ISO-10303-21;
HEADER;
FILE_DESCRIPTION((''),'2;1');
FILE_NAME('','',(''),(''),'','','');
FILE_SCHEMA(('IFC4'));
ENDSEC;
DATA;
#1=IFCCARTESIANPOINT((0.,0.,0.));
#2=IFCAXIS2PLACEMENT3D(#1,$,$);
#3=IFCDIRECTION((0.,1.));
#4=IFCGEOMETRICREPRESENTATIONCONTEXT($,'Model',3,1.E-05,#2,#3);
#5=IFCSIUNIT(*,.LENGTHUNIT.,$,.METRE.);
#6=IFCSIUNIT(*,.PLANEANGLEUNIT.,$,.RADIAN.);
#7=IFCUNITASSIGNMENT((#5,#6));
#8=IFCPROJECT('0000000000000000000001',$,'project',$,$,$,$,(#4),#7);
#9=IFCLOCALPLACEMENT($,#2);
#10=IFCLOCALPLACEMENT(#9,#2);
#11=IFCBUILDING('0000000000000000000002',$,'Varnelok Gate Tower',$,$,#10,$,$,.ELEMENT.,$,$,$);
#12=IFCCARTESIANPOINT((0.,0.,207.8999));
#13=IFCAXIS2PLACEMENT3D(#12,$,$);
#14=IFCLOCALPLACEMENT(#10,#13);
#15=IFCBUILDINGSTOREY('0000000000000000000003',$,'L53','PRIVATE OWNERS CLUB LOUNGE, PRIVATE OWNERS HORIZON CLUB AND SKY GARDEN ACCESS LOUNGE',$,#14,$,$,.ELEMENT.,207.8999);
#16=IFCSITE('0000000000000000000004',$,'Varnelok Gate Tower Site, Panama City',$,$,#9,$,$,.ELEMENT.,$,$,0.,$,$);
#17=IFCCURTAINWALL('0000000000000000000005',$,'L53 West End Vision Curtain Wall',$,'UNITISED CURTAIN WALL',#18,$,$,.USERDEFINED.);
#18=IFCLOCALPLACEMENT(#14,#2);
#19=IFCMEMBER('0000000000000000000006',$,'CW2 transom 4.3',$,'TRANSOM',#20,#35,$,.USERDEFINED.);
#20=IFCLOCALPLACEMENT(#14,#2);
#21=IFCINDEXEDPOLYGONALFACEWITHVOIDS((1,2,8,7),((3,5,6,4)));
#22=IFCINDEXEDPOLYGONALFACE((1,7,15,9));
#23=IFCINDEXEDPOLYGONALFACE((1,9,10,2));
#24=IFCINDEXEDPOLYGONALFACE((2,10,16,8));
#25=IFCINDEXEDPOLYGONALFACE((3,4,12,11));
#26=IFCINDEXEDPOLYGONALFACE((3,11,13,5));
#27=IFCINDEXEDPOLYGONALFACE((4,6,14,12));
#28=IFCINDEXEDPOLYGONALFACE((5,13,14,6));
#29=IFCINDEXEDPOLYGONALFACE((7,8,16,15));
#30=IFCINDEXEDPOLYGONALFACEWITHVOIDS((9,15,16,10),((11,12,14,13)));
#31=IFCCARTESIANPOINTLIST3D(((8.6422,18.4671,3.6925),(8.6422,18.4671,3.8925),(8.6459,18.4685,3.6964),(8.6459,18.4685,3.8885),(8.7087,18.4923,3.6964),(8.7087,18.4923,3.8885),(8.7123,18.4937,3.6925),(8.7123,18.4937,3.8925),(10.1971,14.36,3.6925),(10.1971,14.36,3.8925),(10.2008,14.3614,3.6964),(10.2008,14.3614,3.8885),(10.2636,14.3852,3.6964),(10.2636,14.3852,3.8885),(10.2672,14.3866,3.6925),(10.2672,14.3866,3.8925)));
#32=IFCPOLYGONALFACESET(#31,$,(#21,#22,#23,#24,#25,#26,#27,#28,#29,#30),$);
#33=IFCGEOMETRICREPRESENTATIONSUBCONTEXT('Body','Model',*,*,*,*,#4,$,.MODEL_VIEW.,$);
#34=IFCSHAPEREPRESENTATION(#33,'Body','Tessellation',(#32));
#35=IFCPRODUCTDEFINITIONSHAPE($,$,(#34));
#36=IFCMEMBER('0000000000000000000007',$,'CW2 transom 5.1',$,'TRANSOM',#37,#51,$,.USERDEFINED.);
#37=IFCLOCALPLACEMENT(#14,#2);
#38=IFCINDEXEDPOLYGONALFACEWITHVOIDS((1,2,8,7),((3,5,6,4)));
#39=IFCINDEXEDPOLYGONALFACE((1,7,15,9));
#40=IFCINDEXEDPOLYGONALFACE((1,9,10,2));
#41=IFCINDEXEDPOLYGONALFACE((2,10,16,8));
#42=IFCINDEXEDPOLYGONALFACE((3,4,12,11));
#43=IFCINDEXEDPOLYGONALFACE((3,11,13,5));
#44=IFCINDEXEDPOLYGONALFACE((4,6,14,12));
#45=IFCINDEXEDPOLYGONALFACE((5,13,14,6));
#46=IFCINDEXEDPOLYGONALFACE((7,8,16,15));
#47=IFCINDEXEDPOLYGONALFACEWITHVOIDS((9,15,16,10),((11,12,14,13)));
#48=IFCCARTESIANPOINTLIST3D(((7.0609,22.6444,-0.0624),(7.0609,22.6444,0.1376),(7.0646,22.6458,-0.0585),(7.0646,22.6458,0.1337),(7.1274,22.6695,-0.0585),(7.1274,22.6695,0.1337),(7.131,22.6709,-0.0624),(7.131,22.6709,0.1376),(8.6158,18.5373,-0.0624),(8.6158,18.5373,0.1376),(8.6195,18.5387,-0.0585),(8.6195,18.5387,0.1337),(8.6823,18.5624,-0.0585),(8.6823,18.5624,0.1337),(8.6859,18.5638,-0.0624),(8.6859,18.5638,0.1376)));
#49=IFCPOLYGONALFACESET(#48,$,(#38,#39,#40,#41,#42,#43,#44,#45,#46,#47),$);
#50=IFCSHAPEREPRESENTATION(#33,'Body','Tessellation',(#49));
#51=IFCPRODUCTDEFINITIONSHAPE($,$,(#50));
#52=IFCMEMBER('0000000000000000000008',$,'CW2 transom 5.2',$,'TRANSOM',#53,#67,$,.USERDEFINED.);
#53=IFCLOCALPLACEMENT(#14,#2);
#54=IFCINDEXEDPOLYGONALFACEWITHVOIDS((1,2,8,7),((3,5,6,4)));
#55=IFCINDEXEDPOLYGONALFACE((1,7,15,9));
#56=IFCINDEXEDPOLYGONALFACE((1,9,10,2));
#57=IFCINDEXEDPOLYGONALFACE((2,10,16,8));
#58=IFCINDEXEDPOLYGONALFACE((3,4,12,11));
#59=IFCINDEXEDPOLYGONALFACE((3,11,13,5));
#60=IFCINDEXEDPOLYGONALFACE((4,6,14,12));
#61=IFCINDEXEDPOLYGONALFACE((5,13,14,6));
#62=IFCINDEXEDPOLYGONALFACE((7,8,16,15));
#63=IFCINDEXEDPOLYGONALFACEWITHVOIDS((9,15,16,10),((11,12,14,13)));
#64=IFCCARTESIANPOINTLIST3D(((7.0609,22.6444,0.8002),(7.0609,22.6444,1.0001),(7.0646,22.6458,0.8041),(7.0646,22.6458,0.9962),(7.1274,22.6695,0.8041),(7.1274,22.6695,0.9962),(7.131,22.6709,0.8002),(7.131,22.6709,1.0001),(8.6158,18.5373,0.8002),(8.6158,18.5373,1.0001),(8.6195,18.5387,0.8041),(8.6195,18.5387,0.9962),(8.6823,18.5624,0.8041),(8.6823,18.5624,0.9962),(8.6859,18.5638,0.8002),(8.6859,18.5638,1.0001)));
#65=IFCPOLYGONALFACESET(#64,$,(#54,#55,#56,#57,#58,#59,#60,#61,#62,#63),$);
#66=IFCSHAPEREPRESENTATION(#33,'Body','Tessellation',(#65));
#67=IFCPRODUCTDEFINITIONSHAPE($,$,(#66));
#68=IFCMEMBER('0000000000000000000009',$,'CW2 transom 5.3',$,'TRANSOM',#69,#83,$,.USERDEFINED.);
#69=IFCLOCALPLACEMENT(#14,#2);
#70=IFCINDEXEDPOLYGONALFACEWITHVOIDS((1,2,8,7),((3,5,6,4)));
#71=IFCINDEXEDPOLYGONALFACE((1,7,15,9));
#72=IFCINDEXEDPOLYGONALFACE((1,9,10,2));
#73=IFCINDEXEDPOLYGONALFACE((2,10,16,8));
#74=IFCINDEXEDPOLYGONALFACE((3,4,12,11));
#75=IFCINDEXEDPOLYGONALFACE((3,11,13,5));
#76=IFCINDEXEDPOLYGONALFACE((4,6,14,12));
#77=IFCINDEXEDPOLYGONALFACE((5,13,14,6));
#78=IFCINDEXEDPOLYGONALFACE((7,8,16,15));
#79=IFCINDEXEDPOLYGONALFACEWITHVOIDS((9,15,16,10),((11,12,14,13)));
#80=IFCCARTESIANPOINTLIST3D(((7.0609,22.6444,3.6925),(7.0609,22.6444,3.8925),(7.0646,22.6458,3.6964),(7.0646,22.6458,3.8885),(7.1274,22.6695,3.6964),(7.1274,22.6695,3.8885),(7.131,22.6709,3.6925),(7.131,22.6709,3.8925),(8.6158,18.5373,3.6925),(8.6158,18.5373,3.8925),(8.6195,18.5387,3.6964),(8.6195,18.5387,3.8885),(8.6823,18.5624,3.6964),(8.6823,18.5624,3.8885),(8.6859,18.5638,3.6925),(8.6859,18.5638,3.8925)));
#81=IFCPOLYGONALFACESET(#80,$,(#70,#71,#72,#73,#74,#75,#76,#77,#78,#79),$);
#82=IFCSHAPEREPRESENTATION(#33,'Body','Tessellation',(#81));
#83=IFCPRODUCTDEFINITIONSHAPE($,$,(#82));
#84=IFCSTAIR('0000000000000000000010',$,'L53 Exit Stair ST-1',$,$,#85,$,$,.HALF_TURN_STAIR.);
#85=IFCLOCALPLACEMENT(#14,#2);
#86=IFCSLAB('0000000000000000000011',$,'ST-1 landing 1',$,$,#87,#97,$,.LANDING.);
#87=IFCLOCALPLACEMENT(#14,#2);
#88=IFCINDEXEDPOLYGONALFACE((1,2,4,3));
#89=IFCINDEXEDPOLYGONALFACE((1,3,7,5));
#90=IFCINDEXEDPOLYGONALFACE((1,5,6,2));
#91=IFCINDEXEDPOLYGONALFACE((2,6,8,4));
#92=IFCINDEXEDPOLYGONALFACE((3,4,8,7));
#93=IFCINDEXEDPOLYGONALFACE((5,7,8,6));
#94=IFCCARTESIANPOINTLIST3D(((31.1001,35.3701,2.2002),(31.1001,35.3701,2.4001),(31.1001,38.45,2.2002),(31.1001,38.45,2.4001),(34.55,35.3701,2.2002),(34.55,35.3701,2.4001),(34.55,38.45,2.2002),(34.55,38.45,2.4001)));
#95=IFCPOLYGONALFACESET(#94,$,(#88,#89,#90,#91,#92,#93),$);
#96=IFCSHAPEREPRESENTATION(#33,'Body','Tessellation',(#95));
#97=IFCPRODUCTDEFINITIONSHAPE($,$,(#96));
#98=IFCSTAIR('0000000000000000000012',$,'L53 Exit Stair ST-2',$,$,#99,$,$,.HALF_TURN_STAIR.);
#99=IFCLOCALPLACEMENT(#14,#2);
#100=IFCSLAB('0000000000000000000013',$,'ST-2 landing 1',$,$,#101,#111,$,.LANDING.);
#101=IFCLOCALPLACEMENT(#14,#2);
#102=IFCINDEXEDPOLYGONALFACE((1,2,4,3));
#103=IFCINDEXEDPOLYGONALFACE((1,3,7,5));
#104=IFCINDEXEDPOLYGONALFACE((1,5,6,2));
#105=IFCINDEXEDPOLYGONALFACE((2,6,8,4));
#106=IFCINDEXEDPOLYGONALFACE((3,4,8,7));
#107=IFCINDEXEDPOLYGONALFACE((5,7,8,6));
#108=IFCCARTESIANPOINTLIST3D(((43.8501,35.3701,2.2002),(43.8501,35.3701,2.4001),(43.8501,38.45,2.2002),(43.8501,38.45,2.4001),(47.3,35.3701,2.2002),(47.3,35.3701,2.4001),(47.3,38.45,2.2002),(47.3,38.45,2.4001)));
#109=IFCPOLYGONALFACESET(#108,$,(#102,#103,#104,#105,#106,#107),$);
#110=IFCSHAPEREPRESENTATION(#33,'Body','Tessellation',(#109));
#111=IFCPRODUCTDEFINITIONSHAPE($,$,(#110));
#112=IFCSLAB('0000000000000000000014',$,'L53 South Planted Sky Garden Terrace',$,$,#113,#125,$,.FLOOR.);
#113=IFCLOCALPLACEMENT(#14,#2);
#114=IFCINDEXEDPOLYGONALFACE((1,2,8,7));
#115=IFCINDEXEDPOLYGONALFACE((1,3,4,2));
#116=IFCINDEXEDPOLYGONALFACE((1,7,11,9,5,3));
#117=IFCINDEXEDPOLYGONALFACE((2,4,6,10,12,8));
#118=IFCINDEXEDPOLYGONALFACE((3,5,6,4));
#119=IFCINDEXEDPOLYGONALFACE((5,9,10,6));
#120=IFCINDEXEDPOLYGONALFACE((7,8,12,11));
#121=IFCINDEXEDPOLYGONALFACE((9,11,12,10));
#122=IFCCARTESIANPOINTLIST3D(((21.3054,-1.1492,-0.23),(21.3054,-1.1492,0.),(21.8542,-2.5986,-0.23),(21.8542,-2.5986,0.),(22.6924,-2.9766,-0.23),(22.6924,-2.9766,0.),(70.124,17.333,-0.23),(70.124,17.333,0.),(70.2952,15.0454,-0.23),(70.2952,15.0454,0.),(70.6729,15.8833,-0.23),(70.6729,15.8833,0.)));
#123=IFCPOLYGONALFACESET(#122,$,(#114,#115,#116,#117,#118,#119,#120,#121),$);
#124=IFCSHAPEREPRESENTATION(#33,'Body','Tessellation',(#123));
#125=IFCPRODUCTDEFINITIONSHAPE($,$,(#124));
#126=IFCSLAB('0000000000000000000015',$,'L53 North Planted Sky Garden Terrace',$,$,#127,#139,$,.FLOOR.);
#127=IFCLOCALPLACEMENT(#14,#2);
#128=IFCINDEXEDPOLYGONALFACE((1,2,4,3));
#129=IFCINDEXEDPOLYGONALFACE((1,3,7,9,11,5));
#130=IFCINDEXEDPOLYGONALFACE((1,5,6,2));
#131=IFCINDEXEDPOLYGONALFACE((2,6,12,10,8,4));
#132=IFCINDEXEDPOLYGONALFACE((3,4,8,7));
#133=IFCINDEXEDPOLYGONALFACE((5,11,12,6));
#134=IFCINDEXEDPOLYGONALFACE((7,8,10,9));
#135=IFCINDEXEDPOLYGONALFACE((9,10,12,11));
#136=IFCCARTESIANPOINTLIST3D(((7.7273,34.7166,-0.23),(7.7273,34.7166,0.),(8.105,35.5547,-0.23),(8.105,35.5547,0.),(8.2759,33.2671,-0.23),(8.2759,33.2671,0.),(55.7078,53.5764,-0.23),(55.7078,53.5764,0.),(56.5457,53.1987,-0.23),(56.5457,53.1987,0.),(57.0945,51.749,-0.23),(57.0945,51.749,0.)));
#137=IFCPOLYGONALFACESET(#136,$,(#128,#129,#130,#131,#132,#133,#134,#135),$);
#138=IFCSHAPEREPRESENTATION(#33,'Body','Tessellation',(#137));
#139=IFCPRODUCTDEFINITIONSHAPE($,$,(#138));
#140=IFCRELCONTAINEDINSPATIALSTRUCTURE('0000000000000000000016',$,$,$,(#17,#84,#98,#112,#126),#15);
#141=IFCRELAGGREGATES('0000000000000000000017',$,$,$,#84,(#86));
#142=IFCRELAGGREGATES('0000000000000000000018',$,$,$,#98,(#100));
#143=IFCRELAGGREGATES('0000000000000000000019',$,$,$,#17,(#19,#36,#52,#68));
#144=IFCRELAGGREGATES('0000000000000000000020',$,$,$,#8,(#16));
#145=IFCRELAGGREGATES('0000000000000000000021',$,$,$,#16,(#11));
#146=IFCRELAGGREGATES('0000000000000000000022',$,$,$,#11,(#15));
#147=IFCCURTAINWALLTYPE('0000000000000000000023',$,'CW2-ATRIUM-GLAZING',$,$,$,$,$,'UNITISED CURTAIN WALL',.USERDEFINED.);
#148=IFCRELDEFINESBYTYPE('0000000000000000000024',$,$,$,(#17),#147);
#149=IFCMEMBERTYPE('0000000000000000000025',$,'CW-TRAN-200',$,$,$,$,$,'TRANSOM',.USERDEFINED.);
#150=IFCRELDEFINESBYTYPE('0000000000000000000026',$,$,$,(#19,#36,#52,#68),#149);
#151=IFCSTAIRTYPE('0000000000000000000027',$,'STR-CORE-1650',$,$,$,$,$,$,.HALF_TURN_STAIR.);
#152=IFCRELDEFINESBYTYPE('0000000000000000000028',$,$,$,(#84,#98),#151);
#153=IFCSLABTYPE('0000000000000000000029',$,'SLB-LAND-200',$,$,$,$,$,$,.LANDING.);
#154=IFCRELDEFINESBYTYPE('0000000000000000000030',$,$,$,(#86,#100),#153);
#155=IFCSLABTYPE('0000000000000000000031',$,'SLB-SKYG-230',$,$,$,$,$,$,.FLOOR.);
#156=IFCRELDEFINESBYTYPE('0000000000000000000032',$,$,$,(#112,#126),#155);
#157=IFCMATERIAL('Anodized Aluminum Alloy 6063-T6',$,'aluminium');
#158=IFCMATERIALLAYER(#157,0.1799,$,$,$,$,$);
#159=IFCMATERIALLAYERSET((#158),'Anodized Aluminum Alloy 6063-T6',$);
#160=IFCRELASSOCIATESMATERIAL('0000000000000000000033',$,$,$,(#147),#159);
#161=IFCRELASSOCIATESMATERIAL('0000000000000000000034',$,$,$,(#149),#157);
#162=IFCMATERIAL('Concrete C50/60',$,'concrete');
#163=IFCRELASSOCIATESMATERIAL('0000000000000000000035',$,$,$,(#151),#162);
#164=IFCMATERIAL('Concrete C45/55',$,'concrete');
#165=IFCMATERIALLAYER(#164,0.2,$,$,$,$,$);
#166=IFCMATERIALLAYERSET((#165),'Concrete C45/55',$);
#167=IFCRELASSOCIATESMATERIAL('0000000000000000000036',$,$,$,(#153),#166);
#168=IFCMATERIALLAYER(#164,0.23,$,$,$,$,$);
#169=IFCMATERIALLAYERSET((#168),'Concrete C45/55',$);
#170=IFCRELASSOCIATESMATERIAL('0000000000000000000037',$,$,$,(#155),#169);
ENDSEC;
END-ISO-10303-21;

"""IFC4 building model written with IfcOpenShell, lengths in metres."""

from ifc_helpers import new_model, si_unit, direction, frame, origin, origin_2d, place, context, subcontext, project, spatial, polyline, hollow_rectangle, outline, extrude, material, layer, layer_set, material_profile, profile_set, type_object, element, aggregate, save


model = new_model("IFC4")

# Units and contexts
model_context = context("Model", 3, precision=1e-05, world=origin(), true_north=direction((0.0, 1.0)))
body_context = subcontext(model_context, "Body", "Model", "MODEL_VIEW")
ifc_project = project(units=[si_unit("LENGTHUNIT", "METRE"), si_unit("PLANEANGLEUNIT", "RADIAN")], contexts=[model_context])

# Site, building, storey
site_placement = place(None, origin())
site = spatial("IfcSite", under=ifc_project, at=site_placement, Name="Varnelok Gate Tower Site, Panama City", CompositionType="ELEMENT", RefElevation=0.0)
building_placement = place(site_placement, origin())
building = spatial("IfcBuilding", under=site, at=building_placement, Name="Varnelok Gate Tower", CompositionType="ELEMENT")
storey_placement = place(building_placement, frame((0.0, 0.0, 207.8999)))
storey = spatial("IfcBuildingStorey", under=building, at=storey_placement, Name="L53", Description="PRIVATE OWNERS CLUB LOUNGE, PRIVATE OWNERS HORIZON CLUB AND SKY GARDEN ACCESS LOUNGE", CompositionType="ELEMENT", Elevation=207.8999)

# Curtain wall, members
ifc_material_1 = material(Name="Anodized Aluminum Alloy 6063-T6", Category="aluminium")
ifc_layer_1 = layer(ifc_material_1, 0.1799)
ifc_layer_set_1 = layer_set([ifc_layer_1], Name="Anodized Aluminum Alloy 6063-T6")
curtain_wall_type = type_object("IfcCurtainWallType", Name="CW2-ATRIUM-GLAZING", ElementType="UNITISED CURTAIN WALL", PredefinedType="USERDEFINED", material=ifc_layer_set_1)
curtain_wall_placement = place(storey_placement, origin())
curtain_wall = element("IfcCurtainWall", 1, at=curtain_wall_placement, inside=storey, type_object=curtain_wall_type, Name="L53 West End Vision Curtain Wall", ObjectType="UNITISED CURTAIN WALL", PredefinedType="USERDEFINED")
ifc_material_profile_1 = material_profile(ifc_material_1, hollow_rectangle(XDim=0.075, YDim=0.2, WallThickness=0.0039, at=origin_2d()), Name="ALU200X75X4")
ifc_profile_set_1 = profile_set([ifc_material_profile_1], Name="Anodized Aluminum Alloy 6063-T6")
member_type_1 = type_object("IfcMemberType", Name="CW-TRAN-200", ElementType="TRANSOM", PredefinedType="USERDEFINED", material=ifc_profile_set_1)
member_1_placement = place(storey_placement, frame((10.2322, 14.3733, 3.7925), z_axis=(-0.354064, 0.935221, 0.0), x_axis=(-0.935221, -0.354064, 0.0)))
member_1 = element("IfcMember", 2, at=member_1_placement, type_object=member_type_1, Name="CW2 transom 4.3", ObjectType="TRANSOM", PredefinedType="USERDEFINED", context=body_context, shape_type="SweptSolid", body=[
    extrude(hollow_rectangle(XDim=0.075, YDim=0.2, WallThickness=0.0039, at=origin_2d()), origin(), (0.0, 0.0, 1.0), 4.3916),
])
member_2_placement = place(storey_placement, frame((8.6509, 18.5505, 0.0376), z_axis=(-0.354064, 0.935221, 0.0), x_axis=(-0.935221, -0.354064, 0.0)))
member_2 = element("IfcMember", 3, at=member_2_placement, type_object=member_type_1, Name="CW2 transom 5.1", ObjectType="TRANSOM", PredefinedType="USERDEFINED", context=body_context, shape_type="SweptSolid", body=[
    extrude(hollow_rectangle(XDim=0.075, YDim=0.2, WallThickness=0.0039, at=origin_2d()), origin(), (0.0, 0.0, 1.0), 4.3916),
])
member_3_placement = place(storey_placement, frame((8.6509, 18.5505, 0.9001), z_axis=(-0.354064, 0.935221, 0.0), x_axis=(-0.935221, -0.354064, 0.0)))
member_3 = element("IfcMember", 4, at=member_3_placement, type_object=member_type_1, Name="CW2 transom 5.2", ObjectType="TRANSOM", PredefinedType="USERDEFINED", context=body_context, shape_type="SweptSolid", body=[
    extrude(hollow_rectangle(XDim=0.075, YDim=0.2, WallThickness=0.0039, at=origin_2d()), origin(), (0.0, 0.0, 1.0), 4.3916),
])
member_4_placement = place(storey_placement, frame((8.6509, 18.5505, 3.7925), z_axis=(-0.354064, 0.935221, 0.0), x_axis=(-0.935221, -0.354064, 0.0)))
member_4 = element("IfcMember", 5, at=member_4_placement, type_object=member_type_1, Name="CW2 transom 5.3", ObjectType="TRANSOM", PredefinedType="USERDEFINED", context=body_context, shape_type="SweptSolid", body=[
    extrude(hollow_rectangle(XDim=0.075, YDim=0.2, WallThickness=0.0039, at=origin_2d()), origin(), (0.0, 0.0, 1.0), 4.3916),
])

# Stairs, slabs
ifc_material_2 = material(Name="Concrete C50/60", Category="concrete")
stair_type = type_object("IfcStairType", Name="STR-CORE-1650", PredefinedType="HALF_TURN_STAIR", material=ifc_material_2)
stair_1_placement = place(storey_placement, origin())
stair_1 = element("IfcStair", 6, at=stair_1_placement, inside=storey, type_object=stair_type, Name="L53 Exit Stair ST-1", PredefinedType="HALF_TURN_STAIR")
ifc_material_3 = material(Name="Concrete C45/55", Category="concrete")
ifc_layer_2 = layer(ifc_material_3, 0.2)
ifc_layer_set_2 = layer_set([ifc_layer_2], Name="Concrete C45/55")
slab_type_1 = type_object("IfcSlabType", Name="SLB-LAND-200", PredefinedType="LANDING", material=ifc_layer_set_2)
slab_1_placement = place(storey_placement, frame((0.0, 0.0, 2.2002)))
slab_1 = element("IfcSlab", 7, at=slab_1_placement, type_object=slab_type_1, Name="ST-1 landing 1", PredefinedType="LANDING", context=body_context, shape_type="SweptSolid", body=[
    extrude(outline(polyline([(34.55, 35.3701), (34.55, 38.45), (31.1001, 38.45), (31.1001, 35.3701), (34.55, 35.3701)])), origin(), (0.0, 0.0, 1.0), 0.2),
])
aggregate(stair_1, [slab_1])
stair_2_placement = place(storey_placement, origin())
stair_2 = element("IfcStair", 8, at=stair_2_placement, inside=storey, type_object=stair_type, Name="L53 Exit Stair ST-2", PredefinedType="HALF_TURN_STAIR")
slab_2_placement = place(storey_placement, frame((0.0, 0.0, 2.2002)))
slab_2 = element("IfcSlab", 9, at=slab_2_placement, type_object=slab_type_1, Name="ST-2 landing 1", PredefinedType="LANDING", context=body_context, shape_type="SweptSolid", body=[
    extrude(outline(polyline([(47.3, 35.3701), (47.3, 38.45), (43.8501, 38.45), (43.8501, 35.3701), (47.3, 35.3701)])), origin(), (0.0, 0.0, 1.0), 0.2),
])
aggregate(stair_2, [slab_2])

# Slabs
ifc_layer_3 = layer(ifc_material_3, 0.23)
ifc_layer_set_3 = layer_set([ifc_layer_3], Name="Concrete C45/55")
slab_type_2 = type_object("IfcSlabType", Name="SLB-SKYG-230", PredefinedType="FLOOR", material=ifc_layer_set_3)
slab_3_placement = place(storey_placement, frame((0.0, 0.0, -0.23)))
element("IfcSlab", 10, at=slab_3_placement, inside=storey, type_object=slab_type_2, Name="L53 South Planted Sky Garden Terrace", PredefinedType="FLOOR", context=body_context, shape_type="SweptSolid", body=[
    extrude(outline(polyline([(21.8542, -2.5986), (22.6924, -2.9766), (70.2952, 15.0454), (70.6729, 15.8833), (70.124, 17.333), (21.3054, -1.1492), (21.8542, -2.5986)])), origin(), (0.0, 0.0, 1.0), 0.23),
])
slab_4_placement = place(storey_placement, frame((0.0, 0.0, -0.23)))
element("IfcSlab", 11, at=slab_4_placement, inside=storey, type_object=slab_type_2, Name="L53 North Planted Sky Garden Terrace", PredefinedType="FLOOR", context=body_context, shape_type="SweptSolid", body=[
    extrude(outline(polyline([(8.2759, 33.2671), (57.0945, 51.749), (56.5457, 53.1987), (55.7078, 53.5764), (8.105, 35.5547), (7.7273, 34.7166), (8.2759, 33.2671)])), origin(), (0.0, 0.0, 1.0), 0.23),
])

aggregate(curtain_wall, [member_1, member_2, member_3, member_4])

save(model, "model.ifc")
